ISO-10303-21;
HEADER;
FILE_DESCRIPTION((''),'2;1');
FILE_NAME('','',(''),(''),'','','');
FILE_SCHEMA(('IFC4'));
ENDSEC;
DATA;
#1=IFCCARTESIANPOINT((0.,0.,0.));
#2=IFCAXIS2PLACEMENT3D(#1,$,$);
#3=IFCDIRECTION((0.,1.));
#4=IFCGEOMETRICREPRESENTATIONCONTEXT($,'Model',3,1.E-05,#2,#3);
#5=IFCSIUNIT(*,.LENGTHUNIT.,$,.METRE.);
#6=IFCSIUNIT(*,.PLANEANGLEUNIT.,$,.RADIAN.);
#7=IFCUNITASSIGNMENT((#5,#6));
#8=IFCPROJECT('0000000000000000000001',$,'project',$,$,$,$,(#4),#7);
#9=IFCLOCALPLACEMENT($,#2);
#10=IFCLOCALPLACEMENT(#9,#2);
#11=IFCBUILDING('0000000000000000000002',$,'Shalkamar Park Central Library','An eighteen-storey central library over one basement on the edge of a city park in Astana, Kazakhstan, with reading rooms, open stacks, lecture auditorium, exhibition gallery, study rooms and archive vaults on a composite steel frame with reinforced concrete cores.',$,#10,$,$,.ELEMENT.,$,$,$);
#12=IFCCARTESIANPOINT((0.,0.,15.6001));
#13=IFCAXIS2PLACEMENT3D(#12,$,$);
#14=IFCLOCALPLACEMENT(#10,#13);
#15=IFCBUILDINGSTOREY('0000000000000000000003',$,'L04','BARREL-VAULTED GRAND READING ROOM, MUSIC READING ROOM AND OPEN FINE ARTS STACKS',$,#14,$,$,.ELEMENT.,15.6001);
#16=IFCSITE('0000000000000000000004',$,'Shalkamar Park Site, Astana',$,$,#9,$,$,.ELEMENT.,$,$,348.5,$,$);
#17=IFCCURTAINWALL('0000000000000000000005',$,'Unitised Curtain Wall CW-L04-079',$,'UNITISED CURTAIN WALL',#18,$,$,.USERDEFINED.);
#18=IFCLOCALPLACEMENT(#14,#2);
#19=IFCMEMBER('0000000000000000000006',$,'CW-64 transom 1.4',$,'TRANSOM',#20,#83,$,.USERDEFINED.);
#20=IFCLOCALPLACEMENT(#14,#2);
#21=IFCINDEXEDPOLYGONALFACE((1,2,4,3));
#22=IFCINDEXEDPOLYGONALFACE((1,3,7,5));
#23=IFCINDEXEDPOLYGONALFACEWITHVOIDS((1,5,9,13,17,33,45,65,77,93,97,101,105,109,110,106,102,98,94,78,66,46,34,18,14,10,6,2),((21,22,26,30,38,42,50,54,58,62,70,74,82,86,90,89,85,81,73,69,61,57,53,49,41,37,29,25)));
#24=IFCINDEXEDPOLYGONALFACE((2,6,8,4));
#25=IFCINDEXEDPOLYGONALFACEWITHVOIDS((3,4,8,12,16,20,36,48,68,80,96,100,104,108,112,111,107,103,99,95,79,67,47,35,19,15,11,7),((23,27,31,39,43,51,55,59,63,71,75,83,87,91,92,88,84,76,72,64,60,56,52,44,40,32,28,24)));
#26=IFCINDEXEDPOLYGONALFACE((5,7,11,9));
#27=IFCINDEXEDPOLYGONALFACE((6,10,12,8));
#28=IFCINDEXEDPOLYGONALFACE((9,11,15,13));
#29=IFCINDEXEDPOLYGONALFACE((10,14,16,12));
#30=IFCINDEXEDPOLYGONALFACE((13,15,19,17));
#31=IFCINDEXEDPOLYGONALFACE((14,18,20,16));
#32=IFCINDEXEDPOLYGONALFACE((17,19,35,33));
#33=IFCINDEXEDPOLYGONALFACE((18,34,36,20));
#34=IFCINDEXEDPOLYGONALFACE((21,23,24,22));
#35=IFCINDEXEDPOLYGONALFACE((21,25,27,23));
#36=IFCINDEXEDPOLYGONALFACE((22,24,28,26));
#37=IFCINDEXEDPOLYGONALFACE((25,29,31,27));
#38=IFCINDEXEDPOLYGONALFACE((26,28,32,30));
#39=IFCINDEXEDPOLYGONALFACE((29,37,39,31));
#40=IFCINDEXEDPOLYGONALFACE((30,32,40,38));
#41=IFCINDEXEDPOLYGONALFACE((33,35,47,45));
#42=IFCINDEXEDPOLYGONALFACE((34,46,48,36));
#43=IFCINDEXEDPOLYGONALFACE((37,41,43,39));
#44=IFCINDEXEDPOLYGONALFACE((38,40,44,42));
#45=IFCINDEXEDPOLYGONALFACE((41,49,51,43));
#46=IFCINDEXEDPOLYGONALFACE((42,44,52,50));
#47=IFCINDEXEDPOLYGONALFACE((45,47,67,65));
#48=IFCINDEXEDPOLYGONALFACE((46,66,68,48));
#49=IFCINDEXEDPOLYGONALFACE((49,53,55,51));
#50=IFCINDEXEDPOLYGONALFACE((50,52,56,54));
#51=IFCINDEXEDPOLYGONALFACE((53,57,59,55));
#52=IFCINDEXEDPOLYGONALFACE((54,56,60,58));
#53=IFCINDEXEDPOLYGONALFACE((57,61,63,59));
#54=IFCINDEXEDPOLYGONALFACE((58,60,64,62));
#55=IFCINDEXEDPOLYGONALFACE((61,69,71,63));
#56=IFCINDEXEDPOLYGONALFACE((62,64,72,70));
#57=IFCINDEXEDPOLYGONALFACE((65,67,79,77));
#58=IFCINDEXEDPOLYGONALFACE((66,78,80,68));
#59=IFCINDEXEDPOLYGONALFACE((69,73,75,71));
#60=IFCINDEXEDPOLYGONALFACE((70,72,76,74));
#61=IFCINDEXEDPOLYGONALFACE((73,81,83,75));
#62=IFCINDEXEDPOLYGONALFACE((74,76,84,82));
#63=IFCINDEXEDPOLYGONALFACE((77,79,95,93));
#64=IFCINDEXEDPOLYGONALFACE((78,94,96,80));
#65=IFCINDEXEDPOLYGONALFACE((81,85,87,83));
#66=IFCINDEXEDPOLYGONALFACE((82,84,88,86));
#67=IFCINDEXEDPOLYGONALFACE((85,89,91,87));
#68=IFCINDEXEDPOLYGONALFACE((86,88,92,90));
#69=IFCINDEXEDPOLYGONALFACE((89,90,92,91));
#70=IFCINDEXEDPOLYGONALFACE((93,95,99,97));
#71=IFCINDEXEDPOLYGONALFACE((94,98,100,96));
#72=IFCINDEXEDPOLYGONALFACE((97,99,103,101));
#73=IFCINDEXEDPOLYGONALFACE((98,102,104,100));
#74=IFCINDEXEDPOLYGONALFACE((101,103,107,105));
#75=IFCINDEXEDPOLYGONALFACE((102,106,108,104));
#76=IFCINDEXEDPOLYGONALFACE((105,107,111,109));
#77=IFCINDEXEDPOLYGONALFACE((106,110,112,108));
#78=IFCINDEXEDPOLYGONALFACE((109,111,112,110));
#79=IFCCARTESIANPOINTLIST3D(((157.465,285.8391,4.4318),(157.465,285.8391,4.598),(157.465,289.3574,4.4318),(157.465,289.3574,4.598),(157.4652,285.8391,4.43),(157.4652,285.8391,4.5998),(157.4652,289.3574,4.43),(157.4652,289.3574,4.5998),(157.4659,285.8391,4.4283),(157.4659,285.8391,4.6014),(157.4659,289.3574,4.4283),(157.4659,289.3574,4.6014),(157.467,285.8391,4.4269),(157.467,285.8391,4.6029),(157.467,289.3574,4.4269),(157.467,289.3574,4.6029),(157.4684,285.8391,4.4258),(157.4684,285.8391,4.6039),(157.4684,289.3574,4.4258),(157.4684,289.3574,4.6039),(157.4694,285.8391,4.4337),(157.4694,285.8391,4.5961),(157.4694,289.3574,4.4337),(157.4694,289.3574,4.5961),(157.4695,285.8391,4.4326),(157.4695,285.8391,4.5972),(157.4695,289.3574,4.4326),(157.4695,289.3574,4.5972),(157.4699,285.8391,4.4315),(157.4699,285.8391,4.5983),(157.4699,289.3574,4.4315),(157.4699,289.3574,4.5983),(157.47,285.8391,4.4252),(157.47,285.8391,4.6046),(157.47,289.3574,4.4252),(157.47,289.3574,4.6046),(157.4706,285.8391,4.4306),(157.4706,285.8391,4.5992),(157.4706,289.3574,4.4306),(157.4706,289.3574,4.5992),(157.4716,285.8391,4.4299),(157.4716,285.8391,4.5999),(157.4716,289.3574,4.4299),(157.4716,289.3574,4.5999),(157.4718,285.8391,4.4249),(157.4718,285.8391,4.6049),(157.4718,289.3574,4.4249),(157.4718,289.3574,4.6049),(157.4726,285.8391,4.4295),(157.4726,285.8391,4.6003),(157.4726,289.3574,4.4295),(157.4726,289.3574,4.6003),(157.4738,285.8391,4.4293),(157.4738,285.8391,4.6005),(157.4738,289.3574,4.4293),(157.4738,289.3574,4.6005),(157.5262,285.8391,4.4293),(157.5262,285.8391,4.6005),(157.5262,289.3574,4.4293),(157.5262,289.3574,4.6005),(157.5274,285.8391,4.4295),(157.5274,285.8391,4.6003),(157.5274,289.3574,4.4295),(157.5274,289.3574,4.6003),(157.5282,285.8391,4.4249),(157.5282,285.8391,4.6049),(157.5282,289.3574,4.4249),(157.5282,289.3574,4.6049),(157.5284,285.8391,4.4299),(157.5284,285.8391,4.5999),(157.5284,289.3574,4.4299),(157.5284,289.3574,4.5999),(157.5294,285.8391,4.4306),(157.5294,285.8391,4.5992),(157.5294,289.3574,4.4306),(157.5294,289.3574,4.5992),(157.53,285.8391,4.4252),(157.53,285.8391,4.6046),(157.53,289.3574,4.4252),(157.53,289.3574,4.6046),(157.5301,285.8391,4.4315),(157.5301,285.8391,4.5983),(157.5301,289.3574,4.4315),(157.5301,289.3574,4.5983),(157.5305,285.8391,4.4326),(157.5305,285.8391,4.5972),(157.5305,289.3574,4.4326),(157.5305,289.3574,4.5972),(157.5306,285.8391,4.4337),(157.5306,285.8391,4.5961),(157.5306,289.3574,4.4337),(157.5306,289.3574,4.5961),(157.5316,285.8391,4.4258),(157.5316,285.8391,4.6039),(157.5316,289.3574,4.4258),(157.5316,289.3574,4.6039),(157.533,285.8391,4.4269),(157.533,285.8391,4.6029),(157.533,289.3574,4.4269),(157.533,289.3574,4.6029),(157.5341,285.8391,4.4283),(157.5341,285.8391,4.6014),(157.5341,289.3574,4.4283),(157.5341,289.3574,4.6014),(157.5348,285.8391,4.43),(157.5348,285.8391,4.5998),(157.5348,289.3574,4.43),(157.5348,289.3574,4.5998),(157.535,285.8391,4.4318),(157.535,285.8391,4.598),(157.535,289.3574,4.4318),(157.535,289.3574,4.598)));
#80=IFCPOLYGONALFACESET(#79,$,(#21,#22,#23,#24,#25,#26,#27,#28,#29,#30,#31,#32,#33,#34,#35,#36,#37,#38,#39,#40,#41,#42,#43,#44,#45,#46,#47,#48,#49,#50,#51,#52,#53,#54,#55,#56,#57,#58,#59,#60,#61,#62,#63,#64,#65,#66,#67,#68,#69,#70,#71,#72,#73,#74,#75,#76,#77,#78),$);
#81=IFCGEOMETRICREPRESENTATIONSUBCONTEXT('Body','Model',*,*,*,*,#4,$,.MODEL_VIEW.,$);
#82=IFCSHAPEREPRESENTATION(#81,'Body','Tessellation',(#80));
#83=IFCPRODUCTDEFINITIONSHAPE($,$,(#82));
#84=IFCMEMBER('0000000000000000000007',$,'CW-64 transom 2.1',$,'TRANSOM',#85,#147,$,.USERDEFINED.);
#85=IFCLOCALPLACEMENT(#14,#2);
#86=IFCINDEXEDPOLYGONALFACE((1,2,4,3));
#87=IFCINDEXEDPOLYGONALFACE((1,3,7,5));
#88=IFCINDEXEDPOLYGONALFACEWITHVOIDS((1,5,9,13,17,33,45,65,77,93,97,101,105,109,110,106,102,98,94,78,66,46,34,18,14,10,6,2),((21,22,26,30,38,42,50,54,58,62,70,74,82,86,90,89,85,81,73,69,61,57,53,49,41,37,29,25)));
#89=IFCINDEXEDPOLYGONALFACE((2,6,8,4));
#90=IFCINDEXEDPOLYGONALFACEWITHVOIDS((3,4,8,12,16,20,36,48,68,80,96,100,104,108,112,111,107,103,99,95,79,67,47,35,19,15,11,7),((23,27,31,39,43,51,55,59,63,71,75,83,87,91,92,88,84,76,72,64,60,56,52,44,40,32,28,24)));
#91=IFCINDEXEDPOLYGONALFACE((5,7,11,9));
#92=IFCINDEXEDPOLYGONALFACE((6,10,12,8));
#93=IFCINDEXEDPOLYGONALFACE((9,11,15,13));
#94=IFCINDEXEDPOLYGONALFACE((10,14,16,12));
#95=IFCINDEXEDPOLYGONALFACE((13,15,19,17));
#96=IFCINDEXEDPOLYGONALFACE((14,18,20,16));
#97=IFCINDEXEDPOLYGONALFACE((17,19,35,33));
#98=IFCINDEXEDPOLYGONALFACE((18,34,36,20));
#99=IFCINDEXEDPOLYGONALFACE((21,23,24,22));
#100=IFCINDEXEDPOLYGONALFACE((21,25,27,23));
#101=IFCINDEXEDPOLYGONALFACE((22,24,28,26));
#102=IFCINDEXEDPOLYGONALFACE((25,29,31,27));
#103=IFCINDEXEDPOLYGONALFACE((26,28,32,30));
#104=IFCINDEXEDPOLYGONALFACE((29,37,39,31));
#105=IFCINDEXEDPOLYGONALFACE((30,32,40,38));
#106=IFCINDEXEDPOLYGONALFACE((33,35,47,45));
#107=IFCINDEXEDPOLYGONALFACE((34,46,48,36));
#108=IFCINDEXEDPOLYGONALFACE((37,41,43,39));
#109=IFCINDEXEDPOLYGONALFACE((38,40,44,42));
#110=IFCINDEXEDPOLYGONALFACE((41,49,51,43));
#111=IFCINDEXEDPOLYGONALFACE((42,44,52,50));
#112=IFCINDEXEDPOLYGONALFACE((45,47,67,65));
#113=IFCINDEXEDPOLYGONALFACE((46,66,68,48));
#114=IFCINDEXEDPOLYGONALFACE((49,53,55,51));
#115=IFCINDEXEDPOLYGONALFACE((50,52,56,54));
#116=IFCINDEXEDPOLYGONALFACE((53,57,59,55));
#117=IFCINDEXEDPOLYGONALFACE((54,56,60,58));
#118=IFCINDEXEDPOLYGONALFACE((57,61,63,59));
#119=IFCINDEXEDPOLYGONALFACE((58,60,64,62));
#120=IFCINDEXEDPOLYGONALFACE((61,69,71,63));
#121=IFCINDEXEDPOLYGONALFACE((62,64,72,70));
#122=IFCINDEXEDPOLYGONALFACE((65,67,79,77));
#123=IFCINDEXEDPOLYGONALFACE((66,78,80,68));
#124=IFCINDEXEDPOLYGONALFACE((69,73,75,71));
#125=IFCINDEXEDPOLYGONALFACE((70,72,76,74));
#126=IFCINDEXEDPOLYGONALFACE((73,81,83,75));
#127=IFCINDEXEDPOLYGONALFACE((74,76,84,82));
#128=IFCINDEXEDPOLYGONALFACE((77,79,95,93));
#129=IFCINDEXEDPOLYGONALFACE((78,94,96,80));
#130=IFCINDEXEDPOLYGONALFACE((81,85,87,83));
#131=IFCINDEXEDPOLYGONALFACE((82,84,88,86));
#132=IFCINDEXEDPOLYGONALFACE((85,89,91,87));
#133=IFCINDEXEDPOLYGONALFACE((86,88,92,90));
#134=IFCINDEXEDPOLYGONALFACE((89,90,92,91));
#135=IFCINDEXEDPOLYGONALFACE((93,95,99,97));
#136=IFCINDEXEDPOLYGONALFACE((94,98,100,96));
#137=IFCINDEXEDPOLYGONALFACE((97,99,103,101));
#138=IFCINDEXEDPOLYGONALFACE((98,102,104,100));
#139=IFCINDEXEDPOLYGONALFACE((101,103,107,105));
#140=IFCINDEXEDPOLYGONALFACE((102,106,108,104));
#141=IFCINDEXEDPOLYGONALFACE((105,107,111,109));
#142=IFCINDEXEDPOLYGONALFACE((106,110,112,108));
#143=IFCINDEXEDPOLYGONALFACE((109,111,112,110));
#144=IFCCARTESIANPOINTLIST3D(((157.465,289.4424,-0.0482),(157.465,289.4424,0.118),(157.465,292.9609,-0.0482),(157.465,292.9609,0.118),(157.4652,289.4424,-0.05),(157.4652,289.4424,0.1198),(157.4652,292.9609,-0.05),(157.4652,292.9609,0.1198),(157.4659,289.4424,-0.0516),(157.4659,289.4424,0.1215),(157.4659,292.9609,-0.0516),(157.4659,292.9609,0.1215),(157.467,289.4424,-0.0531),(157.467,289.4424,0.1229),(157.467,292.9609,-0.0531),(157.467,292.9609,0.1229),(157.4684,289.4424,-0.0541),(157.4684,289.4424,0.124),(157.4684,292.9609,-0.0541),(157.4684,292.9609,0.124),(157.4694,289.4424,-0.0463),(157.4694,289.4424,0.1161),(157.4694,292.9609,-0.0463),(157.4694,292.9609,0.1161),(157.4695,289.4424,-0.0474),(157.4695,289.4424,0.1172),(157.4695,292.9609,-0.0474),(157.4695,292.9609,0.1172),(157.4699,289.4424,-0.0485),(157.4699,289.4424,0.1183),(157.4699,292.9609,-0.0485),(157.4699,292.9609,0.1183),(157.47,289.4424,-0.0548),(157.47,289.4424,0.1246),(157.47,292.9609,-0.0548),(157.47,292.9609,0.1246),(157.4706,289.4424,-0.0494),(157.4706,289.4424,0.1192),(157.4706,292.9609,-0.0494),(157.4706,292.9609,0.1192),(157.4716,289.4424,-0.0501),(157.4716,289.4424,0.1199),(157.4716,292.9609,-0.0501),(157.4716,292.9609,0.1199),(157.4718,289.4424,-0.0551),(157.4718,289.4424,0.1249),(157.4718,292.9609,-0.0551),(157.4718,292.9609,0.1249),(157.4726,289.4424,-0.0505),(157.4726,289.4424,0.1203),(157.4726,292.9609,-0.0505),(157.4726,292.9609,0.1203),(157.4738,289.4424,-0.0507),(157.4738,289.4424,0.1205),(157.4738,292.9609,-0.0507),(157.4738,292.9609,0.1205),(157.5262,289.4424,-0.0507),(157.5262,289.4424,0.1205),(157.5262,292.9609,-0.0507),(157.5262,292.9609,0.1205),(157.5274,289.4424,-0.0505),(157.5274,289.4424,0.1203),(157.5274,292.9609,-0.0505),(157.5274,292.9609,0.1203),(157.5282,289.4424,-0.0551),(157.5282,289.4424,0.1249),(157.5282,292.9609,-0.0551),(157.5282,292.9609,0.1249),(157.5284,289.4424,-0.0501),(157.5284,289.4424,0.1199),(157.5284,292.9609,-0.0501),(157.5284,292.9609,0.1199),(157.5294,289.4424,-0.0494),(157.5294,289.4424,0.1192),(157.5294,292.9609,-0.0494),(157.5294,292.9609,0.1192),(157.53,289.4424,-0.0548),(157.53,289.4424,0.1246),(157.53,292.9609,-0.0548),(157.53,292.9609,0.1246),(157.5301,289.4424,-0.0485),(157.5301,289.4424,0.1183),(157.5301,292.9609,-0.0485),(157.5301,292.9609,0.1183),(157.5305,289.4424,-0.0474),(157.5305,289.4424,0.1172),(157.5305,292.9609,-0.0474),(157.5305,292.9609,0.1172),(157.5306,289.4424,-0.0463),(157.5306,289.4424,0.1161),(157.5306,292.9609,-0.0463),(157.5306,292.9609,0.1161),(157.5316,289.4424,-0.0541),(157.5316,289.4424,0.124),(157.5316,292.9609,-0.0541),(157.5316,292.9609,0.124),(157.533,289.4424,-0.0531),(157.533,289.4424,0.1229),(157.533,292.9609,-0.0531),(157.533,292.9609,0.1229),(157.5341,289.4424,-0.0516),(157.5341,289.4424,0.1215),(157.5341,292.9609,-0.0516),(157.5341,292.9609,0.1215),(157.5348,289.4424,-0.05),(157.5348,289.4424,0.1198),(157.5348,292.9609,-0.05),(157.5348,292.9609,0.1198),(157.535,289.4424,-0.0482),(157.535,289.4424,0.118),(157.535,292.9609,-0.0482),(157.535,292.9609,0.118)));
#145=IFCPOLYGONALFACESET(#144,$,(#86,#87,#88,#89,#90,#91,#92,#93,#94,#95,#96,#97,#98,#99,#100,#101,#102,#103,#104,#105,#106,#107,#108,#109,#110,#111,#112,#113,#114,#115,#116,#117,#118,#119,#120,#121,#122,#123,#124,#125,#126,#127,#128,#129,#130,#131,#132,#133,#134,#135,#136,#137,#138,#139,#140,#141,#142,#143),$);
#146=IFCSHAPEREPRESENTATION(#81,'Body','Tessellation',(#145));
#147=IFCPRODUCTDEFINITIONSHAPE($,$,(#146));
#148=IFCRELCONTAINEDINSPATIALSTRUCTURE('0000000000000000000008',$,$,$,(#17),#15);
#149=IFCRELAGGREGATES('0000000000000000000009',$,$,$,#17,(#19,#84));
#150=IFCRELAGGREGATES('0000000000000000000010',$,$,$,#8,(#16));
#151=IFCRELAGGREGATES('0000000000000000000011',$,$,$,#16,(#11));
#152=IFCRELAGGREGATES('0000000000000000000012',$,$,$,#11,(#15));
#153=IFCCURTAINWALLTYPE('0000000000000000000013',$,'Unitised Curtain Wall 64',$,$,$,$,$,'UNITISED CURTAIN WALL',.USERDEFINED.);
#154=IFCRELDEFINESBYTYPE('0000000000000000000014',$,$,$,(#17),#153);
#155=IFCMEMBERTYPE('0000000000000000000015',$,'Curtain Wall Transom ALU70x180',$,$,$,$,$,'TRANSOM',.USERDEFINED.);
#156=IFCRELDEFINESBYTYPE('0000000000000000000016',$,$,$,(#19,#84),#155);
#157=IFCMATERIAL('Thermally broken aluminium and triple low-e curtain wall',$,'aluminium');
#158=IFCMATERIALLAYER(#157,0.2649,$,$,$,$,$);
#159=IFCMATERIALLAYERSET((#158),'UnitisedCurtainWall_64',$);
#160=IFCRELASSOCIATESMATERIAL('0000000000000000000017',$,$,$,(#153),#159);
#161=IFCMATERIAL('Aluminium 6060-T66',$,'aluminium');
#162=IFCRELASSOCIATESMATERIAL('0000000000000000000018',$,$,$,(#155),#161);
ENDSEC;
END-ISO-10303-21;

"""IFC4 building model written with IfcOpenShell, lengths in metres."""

from ifc_helpers import new_model, si_unit, direction, frame, origin, origin_2d, place, context, subcontext, project, spatial, hollow_rectangle, extrude, material, layer, layer_set, material_profile, profile_set, type_object, element, aggregate, save


model = new_model("IFC4")

# Units and contexts
model_context = context("Model", 3, precision=1e-05, world=origin(), true_north=direction((0.0, 1.0)))
body_context = subcontext(model_context, "Body", "Model", "MODEL_VIEW")
ifc_project = project(units=[si_unit("LENGTHUNIT", "METRE"), si_unit("PLANEANGLEUNIT", "RADIAN")], contexts=[model_context])

# Site, building, storey
site_placement = place(None, origin())
site = spatial("IfcSite", under=ifc_project, at=site_placement, Name="Shalkamar Park Site, Astana", CompositionType="ELEMENT", RefElevation=348.5)
building_placement = place(site_placement, origin())
building = spatial("IfcBuilding", under=site, at=building_placement, Name="Shalkamar Park Central Library", Description="An eighteen-storey central library over one basement on the edge of a city park in Astana, Kazakhstan, with reading rooms, open stacks, lecture auditorium, exhibition gallery, study rooms and archive vaults on a composite steel frame with reinforced concrete cores.", CompositionType="ELEMENT")
storey_placement = place(building_placement, frame((0.0, 0.0, 15.6001)))
storey = spatial("IfcBuildingStorey", under=building, at=storey_placement, Name="L04", Description="BARREL-VAULTED GRAND READING ROOM, MUSIC READING ROOM AND OPEN FINE ARTS STACKS", CompositionType="ELEMENT", Elevation=15.6001)

# Curtain wall, members
ifc_material_1 = material(Name="Thermally broken aluminium and triple low-e curtain wall", Category="aluminium")
ifc_layer_1 = layer(ifc_material_1, 0.2649)
ifc_layer_set_1 = layer_set([ifc_layer_1], Name="UnitisedCurtainWall_64")
curtain_wall_type = type_object("IfcCurtainWallType", Name="Unitised Curtain Wall 64", ElementType="UNITISED CURTAIN WALL", PredefinedType="USERDEFINED", material=ifc_layer_set_1)
curtain_wall_placement = place(storey_placement, origin())
curtain_wall = element("IfcCurtainWall", 1, at=curtain_wall_placement, inside=storey, type_object=curtain_wall_type, Name="Unitised Curtain Wall CW-L04-079", ObjectType="UNITISED CURTAIN WALL", PredefinedType="USERDEFINED")
ifc_material_2 = material(Name="Aluminium 6060-T66", Category="aluminium")
ifc_material_profile_1 = material_profile(ifc_material_2, hollow_rectangle(XDim=0.0701, YDim=0.1799, WallThickness=0.0044, InnerFilletRadius=0.0044, OuterFilletRadius=0.0068, at=origin_2d()), Name="ALU 70x180x4.5")
ifc_profile_set_1 = profile_set([ifc_material_profile_1], Name="Aluminium 6060-T66")
member_type_1 = type_object("IfcMemberType", Name="Curtain Wall Transom ALU70x180", ElementType="TRANSOM", PredefinedType="USERDEFINED", material=ifc_profile_set_1)
member_1_placement = place(storey_placement, frame((157.5, 285.8391, 4.5149), z_axis=(0.0, 1.0, 0.0), x_axis=(-1.0, 0.0, 0.0)))
member_1 = element("IfcMember", 2, at=member_1_placement, type_object=member_type_1, Name="CW-64 transom 1.4", ObjectType="TRANSOM", PredefinedType="USERDEFINED", context=body_context, shape_type="SweptSolid", body=[
    extrude(hollow_rectangle(XDim=0.0701, YDim=0.1799, WallThickness=0.0044, InnerFilletRadius=0.0044, OuterFilletRadius=0.0068, at=origin_2d()), origin(), (0.0, 0.0, 1.0), 3.5183),
])
member_2_placement = place(storey_placement, frame((157.5, 289.4424, 0.0349), z_axis=(0.0, 1.0, 0.0), x_axis=(-1.0, 0.0, 0.0)))
member_2 = element("IfcMember", 3, at=member_2_placement, type_object=member_type_1, Name="CW-64 transom 2.1", ObjectType="TRANSOM", PredefinedType="USERDEFINED", context=body_context, shape_type="SweptSolid", body=[
    extrude(hollow_rectangle(XDim=0.0701, YDim=0.1799, WallThickness=0.0044, InnerFilletRadius=0.0044, OuterFilletRadius=0.0068, at=origin_2d()), origin(), (0.0, 0.0, 1.0), 3.5186),
])

aggregate(curtain_wall, [member_1, member_2])

save(model, "model.ifc")
